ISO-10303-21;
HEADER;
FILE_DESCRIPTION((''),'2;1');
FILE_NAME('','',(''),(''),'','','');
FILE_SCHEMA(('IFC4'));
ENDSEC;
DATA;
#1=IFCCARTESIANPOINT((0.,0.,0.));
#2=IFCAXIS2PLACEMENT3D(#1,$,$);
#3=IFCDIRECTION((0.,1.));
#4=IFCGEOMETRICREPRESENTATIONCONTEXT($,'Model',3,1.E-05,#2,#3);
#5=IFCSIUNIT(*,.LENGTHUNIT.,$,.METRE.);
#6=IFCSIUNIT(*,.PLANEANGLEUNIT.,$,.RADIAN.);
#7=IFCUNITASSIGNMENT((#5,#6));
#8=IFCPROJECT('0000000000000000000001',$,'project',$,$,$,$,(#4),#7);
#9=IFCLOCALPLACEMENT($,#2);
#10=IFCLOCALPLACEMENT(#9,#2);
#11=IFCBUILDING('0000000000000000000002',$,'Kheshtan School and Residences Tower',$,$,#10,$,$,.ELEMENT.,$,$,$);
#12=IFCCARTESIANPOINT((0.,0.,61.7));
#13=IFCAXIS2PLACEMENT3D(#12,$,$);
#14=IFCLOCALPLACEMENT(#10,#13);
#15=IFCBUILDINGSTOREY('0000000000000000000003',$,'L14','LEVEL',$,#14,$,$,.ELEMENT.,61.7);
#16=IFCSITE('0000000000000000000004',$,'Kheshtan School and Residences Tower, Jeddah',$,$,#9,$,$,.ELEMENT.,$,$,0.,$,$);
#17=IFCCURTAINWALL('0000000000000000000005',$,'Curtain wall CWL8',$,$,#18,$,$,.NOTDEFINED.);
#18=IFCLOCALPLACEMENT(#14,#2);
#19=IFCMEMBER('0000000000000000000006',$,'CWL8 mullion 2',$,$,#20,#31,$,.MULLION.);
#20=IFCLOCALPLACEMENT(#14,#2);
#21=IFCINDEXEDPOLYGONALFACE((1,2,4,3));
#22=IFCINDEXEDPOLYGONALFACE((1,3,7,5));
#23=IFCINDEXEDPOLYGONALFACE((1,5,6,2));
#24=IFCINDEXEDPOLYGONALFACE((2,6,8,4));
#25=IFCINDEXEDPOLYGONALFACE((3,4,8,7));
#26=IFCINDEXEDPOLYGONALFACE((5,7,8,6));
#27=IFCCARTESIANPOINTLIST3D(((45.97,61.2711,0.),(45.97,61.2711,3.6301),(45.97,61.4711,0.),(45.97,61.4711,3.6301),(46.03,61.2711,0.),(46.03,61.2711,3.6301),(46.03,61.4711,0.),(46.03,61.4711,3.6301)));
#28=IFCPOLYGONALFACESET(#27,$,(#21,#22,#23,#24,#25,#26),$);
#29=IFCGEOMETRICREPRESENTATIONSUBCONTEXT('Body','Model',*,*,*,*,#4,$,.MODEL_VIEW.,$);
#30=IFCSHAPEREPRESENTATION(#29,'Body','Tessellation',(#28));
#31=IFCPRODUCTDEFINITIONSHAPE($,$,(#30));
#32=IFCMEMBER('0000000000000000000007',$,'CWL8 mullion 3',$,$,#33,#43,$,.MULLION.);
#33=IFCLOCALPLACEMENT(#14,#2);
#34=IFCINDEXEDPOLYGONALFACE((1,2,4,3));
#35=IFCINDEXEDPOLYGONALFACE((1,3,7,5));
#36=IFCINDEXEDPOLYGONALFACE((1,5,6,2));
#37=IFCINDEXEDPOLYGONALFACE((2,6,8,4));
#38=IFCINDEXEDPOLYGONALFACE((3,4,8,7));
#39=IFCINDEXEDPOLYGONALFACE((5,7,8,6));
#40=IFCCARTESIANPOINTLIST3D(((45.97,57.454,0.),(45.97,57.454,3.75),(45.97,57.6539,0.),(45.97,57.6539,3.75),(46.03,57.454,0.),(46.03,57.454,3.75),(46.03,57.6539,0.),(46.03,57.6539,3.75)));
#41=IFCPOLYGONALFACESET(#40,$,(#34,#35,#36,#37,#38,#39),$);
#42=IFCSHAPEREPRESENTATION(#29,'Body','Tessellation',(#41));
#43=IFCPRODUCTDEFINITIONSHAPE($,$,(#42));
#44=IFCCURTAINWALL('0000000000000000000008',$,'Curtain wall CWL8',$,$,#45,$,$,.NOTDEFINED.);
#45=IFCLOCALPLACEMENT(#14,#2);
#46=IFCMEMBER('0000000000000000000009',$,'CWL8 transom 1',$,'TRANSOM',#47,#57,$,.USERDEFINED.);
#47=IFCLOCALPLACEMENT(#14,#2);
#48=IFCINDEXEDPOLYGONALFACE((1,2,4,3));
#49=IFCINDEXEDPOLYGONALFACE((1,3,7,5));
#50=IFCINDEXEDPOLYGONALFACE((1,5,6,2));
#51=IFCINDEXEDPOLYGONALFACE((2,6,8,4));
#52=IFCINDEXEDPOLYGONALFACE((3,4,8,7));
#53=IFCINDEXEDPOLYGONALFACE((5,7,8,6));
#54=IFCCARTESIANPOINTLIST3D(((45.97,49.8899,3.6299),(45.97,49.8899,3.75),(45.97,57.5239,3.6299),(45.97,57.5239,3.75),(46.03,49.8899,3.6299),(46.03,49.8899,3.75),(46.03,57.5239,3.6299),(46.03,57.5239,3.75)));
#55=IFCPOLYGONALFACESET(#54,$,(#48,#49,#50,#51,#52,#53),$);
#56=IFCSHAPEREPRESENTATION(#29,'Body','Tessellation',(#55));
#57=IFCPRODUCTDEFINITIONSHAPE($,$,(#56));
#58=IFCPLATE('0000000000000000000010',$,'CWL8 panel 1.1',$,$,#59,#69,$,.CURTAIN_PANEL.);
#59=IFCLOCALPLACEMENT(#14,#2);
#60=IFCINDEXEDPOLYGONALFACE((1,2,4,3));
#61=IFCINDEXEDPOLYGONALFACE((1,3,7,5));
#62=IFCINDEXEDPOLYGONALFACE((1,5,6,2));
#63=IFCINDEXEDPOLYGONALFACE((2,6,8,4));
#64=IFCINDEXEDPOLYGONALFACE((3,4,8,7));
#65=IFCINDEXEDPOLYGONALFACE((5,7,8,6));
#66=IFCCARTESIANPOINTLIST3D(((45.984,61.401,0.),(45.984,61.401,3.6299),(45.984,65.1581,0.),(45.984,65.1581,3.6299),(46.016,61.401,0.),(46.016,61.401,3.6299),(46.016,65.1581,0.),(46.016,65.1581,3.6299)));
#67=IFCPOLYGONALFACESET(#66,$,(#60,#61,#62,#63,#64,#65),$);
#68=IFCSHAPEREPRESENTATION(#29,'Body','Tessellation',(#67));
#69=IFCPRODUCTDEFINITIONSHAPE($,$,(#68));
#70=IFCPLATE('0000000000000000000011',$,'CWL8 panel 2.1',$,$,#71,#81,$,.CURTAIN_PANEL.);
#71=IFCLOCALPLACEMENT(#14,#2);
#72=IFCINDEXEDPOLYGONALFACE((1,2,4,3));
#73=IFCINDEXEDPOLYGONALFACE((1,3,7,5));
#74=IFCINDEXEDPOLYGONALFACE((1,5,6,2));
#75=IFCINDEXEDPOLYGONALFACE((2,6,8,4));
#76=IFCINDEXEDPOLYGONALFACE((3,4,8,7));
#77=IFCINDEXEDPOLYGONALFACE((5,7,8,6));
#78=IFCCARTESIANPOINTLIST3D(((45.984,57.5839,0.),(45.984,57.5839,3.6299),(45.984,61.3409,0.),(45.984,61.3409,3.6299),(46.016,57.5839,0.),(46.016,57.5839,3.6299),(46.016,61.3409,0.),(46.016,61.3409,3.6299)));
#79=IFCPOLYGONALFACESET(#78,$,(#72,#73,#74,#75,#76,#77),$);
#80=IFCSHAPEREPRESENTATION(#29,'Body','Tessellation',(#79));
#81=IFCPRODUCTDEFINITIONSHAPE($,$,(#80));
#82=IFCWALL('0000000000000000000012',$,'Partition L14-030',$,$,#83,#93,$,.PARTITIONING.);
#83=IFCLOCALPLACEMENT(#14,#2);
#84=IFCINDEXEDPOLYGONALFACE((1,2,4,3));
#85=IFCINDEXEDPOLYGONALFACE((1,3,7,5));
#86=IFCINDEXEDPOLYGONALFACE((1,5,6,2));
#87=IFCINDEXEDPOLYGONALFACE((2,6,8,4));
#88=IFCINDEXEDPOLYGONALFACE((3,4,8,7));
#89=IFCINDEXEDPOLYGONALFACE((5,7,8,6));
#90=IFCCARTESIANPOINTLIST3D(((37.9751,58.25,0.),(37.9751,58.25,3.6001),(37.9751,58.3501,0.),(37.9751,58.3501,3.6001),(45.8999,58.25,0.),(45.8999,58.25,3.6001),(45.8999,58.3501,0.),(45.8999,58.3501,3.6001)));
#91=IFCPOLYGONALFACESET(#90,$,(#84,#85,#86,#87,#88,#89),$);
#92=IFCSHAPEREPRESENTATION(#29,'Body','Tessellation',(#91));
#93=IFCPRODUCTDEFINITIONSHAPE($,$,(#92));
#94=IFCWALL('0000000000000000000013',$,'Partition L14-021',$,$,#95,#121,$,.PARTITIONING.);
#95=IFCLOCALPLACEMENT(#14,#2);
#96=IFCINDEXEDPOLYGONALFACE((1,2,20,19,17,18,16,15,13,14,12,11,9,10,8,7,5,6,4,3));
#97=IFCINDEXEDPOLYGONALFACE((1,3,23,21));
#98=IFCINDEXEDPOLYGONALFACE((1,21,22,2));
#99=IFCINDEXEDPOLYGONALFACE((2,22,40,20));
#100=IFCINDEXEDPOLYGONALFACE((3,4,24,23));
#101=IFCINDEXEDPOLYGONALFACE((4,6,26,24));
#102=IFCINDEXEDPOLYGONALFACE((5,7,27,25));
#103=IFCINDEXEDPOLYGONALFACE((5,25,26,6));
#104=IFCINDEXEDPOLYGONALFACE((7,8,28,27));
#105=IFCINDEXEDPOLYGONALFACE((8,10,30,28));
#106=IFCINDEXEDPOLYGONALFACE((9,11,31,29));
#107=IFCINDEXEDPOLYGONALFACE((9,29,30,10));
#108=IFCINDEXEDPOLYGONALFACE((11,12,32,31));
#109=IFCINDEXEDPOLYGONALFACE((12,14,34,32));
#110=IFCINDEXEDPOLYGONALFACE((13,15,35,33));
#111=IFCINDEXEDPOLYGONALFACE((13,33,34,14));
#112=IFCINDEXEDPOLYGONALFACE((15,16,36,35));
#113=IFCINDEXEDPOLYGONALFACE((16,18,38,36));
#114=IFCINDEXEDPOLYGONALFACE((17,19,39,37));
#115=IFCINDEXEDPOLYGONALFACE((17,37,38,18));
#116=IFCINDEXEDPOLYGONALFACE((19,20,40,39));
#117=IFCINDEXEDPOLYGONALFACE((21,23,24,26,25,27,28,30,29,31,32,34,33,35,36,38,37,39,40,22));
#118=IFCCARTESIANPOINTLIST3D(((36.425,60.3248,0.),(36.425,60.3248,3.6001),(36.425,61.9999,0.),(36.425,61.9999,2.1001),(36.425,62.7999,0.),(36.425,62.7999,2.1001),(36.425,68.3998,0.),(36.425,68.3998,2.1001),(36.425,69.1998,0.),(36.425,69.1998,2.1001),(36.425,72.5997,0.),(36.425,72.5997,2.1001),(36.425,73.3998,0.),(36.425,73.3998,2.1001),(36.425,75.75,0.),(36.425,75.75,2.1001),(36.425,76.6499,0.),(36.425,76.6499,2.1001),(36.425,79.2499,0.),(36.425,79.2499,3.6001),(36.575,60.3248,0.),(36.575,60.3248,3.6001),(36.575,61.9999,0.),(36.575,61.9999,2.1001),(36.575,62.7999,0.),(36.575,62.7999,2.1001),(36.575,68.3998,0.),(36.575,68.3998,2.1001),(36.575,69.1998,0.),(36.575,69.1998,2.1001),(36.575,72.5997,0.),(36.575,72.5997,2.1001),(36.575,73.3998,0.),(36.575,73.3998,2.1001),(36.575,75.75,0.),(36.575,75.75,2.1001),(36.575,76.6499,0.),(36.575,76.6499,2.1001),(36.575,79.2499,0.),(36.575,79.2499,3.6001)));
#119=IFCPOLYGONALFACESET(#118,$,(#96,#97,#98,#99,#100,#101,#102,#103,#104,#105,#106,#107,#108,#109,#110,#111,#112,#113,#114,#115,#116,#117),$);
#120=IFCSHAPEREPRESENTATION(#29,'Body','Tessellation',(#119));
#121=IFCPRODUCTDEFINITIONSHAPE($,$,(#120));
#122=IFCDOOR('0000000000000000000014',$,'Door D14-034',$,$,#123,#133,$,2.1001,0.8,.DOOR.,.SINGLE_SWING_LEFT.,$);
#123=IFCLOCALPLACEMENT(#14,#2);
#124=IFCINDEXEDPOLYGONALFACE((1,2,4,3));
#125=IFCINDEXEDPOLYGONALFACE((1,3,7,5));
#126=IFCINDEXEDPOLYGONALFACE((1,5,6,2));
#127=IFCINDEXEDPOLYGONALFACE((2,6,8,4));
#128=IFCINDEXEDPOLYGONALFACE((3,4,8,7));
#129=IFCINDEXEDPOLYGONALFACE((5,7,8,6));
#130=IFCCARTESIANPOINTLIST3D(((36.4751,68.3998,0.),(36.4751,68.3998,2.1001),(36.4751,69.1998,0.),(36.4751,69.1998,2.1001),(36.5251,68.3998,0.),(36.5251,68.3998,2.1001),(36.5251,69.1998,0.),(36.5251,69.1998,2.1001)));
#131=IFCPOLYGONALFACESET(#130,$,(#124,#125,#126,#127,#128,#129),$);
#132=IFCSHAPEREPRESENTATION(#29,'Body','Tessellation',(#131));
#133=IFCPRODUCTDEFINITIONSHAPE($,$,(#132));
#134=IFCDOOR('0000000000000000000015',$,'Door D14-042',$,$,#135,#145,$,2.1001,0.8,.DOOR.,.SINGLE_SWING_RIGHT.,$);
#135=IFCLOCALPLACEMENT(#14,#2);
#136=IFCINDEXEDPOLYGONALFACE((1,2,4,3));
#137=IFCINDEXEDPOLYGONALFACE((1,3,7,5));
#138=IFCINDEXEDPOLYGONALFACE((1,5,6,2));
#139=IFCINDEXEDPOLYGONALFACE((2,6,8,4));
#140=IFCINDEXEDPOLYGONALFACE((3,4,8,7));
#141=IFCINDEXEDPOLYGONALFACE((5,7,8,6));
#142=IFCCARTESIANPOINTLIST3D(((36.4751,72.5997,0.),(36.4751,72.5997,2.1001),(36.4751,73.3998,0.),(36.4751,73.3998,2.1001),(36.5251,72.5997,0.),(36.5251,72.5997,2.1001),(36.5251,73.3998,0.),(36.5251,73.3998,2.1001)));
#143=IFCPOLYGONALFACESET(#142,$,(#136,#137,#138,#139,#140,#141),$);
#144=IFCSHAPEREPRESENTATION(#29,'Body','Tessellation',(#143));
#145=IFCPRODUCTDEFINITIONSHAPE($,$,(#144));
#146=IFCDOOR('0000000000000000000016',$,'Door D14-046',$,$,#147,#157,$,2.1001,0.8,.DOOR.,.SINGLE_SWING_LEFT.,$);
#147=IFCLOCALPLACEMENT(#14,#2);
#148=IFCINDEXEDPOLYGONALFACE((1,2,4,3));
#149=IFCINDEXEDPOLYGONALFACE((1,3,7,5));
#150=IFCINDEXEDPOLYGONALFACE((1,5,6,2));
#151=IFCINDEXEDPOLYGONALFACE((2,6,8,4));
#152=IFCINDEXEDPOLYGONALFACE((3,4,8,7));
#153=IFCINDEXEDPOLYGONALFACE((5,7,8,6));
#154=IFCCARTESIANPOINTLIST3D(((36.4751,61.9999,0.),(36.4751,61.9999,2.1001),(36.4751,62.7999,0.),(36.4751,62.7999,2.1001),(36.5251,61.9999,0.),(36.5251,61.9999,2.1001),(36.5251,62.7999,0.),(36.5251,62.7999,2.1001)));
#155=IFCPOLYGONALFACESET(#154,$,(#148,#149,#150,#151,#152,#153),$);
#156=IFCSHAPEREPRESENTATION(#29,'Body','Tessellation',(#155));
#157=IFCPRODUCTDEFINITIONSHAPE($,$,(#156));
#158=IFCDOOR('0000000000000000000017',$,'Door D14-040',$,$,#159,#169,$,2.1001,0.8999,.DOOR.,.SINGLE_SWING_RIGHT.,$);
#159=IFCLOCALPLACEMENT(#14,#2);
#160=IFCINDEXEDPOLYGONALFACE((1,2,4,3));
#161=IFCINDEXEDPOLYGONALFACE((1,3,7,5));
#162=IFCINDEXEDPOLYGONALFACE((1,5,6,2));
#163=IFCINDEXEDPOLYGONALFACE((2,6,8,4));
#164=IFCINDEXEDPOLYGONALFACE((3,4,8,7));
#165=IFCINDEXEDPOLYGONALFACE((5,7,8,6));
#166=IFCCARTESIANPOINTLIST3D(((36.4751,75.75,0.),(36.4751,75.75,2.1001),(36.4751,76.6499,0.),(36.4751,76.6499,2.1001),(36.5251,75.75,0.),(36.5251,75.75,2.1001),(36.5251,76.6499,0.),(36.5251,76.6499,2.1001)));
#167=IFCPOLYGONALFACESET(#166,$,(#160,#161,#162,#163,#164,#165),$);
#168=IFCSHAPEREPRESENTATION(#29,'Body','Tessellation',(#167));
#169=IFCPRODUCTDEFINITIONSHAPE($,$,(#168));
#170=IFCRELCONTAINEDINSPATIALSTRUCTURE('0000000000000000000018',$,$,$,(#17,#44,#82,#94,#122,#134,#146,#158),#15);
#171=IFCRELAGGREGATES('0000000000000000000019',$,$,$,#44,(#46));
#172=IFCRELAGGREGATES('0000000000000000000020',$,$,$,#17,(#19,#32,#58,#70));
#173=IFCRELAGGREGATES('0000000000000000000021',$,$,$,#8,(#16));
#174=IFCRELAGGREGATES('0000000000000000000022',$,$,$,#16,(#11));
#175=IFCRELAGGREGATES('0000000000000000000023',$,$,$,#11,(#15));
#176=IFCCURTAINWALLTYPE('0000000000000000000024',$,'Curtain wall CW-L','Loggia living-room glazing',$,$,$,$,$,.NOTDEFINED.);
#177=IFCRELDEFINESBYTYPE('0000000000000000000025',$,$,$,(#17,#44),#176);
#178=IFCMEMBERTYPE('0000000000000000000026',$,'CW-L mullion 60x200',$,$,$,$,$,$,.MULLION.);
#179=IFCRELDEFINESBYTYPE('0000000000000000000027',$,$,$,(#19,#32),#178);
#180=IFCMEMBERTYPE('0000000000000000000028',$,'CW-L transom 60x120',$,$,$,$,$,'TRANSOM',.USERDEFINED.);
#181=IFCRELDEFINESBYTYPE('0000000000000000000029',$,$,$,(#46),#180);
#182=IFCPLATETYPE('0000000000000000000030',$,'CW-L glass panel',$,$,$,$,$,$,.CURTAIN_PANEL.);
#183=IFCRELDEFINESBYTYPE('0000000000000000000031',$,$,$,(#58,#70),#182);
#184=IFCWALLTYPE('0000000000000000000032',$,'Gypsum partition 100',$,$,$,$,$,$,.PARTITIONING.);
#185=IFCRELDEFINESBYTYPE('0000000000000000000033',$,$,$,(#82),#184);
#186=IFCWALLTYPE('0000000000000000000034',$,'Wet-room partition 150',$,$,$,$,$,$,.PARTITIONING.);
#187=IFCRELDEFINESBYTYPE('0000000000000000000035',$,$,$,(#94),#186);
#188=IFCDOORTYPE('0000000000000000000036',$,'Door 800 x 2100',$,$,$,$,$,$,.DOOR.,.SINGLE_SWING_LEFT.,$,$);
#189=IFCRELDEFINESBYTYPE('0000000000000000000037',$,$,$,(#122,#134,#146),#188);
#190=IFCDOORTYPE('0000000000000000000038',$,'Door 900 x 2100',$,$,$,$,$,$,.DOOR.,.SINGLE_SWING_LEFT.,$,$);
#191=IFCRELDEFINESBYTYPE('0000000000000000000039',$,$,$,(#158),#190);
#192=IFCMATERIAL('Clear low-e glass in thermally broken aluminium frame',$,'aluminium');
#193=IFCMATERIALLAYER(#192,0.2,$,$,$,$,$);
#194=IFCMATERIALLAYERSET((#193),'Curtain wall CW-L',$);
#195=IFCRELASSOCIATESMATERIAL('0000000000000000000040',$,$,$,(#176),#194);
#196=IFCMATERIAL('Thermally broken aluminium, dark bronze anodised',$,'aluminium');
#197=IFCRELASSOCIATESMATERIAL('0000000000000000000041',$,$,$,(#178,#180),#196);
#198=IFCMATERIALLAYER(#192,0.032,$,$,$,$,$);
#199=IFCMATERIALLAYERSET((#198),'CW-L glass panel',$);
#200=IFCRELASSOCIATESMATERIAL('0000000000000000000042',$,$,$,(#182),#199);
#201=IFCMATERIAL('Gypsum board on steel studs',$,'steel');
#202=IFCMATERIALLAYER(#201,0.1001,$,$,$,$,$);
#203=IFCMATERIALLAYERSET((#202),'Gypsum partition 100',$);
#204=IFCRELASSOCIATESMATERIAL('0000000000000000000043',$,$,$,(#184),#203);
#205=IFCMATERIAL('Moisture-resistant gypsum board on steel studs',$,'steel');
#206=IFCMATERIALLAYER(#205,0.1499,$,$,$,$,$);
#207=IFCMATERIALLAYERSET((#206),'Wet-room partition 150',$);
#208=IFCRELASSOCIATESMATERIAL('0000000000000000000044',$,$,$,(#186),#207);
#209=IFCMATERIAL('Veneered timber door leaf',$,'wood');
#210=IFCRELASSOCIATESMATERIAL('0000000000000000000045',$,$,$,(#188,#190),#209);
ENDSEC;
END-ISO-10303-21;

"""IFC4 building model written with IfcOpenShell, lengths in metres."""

from ifc_helpers import new_model, si_unit, direction, frame, frame_2d, origin, origin_2d, place, context, subcontext, project, spatial, rectangle, extrude, source, transform, mapped, material, layer, layer_set, material_profile, profile_set, type_object, element, fill, aggregate, save


model = new_model("IFC4")

# Units and contexts
model_context = context("Model", 3, precision=1e-05, world=origin(), true_north=direction((0.0, 1.0)))
body_context = subcontext(model_context, "Body", "Model", "MODEL_VIEW")
ifc_project = project(units=[si_unit("LENGTHUNIT", "METRE"), si_unit("PLANEANGLEUNIT", "RADIAN")], contexts=[model_context])

# Site, building, storey
site_placement = place(None, origin())
site = spatial("IfcSite", under=ifc_project, at=site_placement, Name="Kheshtan School and Residences Tower, Jeddah", CompositionType="ELEMENT", RefElevation=0.0)
building_placement = place(site_placement, origin())
building = spatial("IfcBuilding", under=site, at=building_placement, Name="Kheshtan School and Residences Tower", CompositionType="ELEMENT")
storey_placement = place(building_placement, frame((0.0, 0.0, 61.7)))
storey = spatial("IfcBuildingStorey", under=building, at=storey_placement, Name="L14", Description="LEVEL", CompositionType="ELEMENT", Elevation=61.7)

# Curtain wall, members
ifc_material_1 = material(Name="Clear low-e glass in thermally broken aluminium frame", Category="aluminium")
ifc_layer_1 = layer(ifc_material_1, 0.2)
ifc_layer_set_1 = layer_set([ifc_layer_1], Name="Curtain wall CW-L")
curtain_wall_type = type_object("IfcCurtainWallType", Name="Curtain wall CW-L", Description="Loggia living-room glazing", PredefinedType="NOTDEFINED", material=ifc_layer_set_1)
curtain_wall_1_placement = place(storey_placement, origin())
curtain_wall_1 = element("IfcCurtainWall", 1, at=curtain_wall_1_placement, inside=storey, type_object=curtain_wall_type, Name="Curtain wall CWL8", PredefinedType="NOTDEFINED")
ifc_material_2 = material(Name="Thermally broken aluminium, dark bronze anodised", Category="aluminium")
ifc_material_profile_1 = material_profile(ifc_material_2, rectangle(XDim=0.0601, YDim=0.2, at=origin_2d()), Name="CW-L mullion 60x200")
ifc_profile_set_1 = profile_set([ifc_material_profile_1], Name="Thermally broken aluminium, dark bronze anodised")
member_type_1 = type_object("IfcMemberType", Name="CW-L mullion 60x200", PredefinedType="MULLION", material=ifc_profile_set_1)
member_1_placement = place(storey_placement, frame((46.0, 61.3711, 0.0), z_axis=(0.0, 0.0, 1.0), x_axis=(1.0, 0.0, 0.0)))
member_1 = element("IfcMember", 2, at=member_1_placement, type_object=member_type_1, Name="CWL8 mullion 2", PredefinedType="MULLION", context=body_context, shape_type="SweptSolid", body=[
    extrude(rectangle(XDim=0.0601, YDim=0.2, at=origin_2d()), origin(), (0.0, 0.0, 1.0), 3.6301),
])
member_2_placement = place(storey_placement, frame((46.0, 57.554, 0.0), z_axis=(0.0, 0.0, 1.0), x_axis=(1.0, 0.0, 0.0)))
member_2 = element("IfcMember", 3, at=member_2_placement, type_object=member_type_1, Name="CWL8 mullion 3", PredefinedType="MULLION", context=body_context, shape_type="SweptSolid", body=[
    extrude(rectangle(XDim=0.0601, YDim=0.2, at=origin_2d()), origin(), (0.0, 0.0, 1.0), 3.75),
])

# Curtain wall, member
curtain_wall_2_placement = place(storey_placement, origin())
curtain_wall_2 = element("IfcCurtainWall", 4, at=curtain_wall_2_placement, inside=storey, type_object=curtain_wall_type, Name="Curtain wall CWL8", PredefinedType="NOTDEFINED")
ifc_material_profile_2 = material_profile(ifc_material_2, rectangle(XDim=0.0601, YDim=0.1201, at=origin_2d()), Name="CW-L transom 60x120")
ifc_profile_set_2 = profile_set([ifc_material_profile_2], Name="Thermally broken aluminium, dark bronze anodised")
member_type_2 = type_object("IfcMemberType", Name="CW-L transom 60x120", ElementType="TRANSOM", PredefinedType="USERDEFINED", material=ifc_profile_set_2)
member_3_placement = place(storey_placement, frame((46.0, 57.5239, 3.6899), z_axis=(0.0, -1.0, 0.0), x_axis=(1.0, 0.0, 0.0)))
member_3 = element("IfcMember", 5, at=member_3_placement, type_object=member_type_2, Name="CWL8 transom 1", ObjectType="TRANSOM", PredefinedType="USERDEFINED", context=body_context, shape_type="SweptSolid", body=[
    extrude(rectangle(XDim=0.0601, YDim=0.1201, at=origin_2d()), origin(), (0.0, 0.0, 1.0), 7.634),
])
aggregate(curtain_wall_2, [member_3])

# Plates
ifc_layer_2 = layer(ifc_material_1, 0.032)
ifc_layer_set_2 = layer_set([ifc_layer_2], Name="CW-L glass panel")
plate_type = type_object("IfcPlateType", Name="CW-L glass panel", PredefinedType="CURTAIN_PANEL", material=ifc_layer_set_2)
plate_1_placement = place(storey_placement, frame((46.0, 63.2795, 0.0), z_axis=(0.0, 0.0, 1.0), x_axis=(0.0, -1.0, 0.0)))
plate_1 = element("IfcPlate", 6, at=plate_1_placement, type_object=plate_type, Name="CWL8 panel 1.1", PredefinedType="CURTAIN_PANEL", context=body_context, shape_type="SweptSolid", body=[
    extrude(rectangle(XDim=3.7571, YDim=0.032, at=origin_2d()), origin(), (0.0, 0.0, 1.0), 3.6299),
])
plate_2_placement = place(storey_placement, frame((46.0, 59.4624, 0.0), z_axis=(0.0, 0.0, 1.0), x_axis=(0.0, -1.0, 0.0)))
plate_2 = element("IfcPlate", 7, at=plate_2_placement, type_object=plate_type, Name="CWL8 panel 2.1", PredefinedType="CURTAIN_PANEL", context=body_context, shape_type="SweptSolid", body=[
    extrude(rectangle(XDim=3.7571, YDim=0.032, at=origin_2d()), origin(), (0.0, 0.0, 1.0), 3.6299),
])
aggregate(curtain_wall_1, [member_1, member_2, plate_1, plate_2])

# Wall
ifc_material_3 = material(Name="Gypsum board on steel studs", Category="steel")
ifc_layer_3 = layer(ifc_material_3, 0.1001)
ifc_layer_set_3 = layer_set([ifc_layer_3], Name="Gypsum partition 100")
wall_type_1 = type_object("IfcWallType", Name="Gypsum partition 100", PredefinedType="PARTITIONING", material=ifc_layer_set_3)
wall_1_placement = place(storey_placement, frame((37.9751, 58.3, 0.0), z_axis=(0.0, 0.0, 1.0), x_axis=(1.0, 0.0, 0.0)))
element("IfcWall", 8, at=wall_1_placement, inside=storey, type_object=wall_type_1, Name="Partition L14-030", PredefinedType="PARTITIONING", context=body_context, shape_type="SweptSolid", body=[
    extrude(rectangle(XDim=7.9248, YDim=0.1001, at=frame_2d((3.9624, 0.0))), origin(), (0.0, 0.0, 1.0), 3.6001),
])

# Wall, openings, doors
ifc_material_4 = material(Name="Moisture-resistant gypsum board on steel studs", Category="steel")
ifc_layer_4 = layer(ifc_material_4, 0.1499)
ifc_layer_set_4 = layer_set([ifc_layer_4], Name="Wet-room partition 150")
wall_type_2 = type_object("IfcWallType", Name="Wet-room partition 150", PredefinedType="PARTITIONING", material=ifc_layer_set_4)
wall_2_placement = place(storey_placement, frame((36.5, 60.325, 0.0), z_axis=(0.0, 0.0, 1.0), x_axis=(0.0, 1.0, 0.0)))
wall_2 = element("IfcWall", 9, at=wall_2_placement, inside=storey, type_object=wall_type_2, Name="Partition L14-021", PredefinedType="PARTITIONING", context=body_context, shape_type="SweptSolid", body=[
    extrude(rectangle(XDim=18.925, YDim=0.1499, at=frame_2d((9.4624, 0.0))), origin(), (0.0, 0.0, 1.0), 3.6001),
])
opening_1_placement = place(wall_2_placement, frame((8.075, 0.0, 0.0)))
opening_1 = element("IfcOpeningElement", 10, at=opening_1_placement, cuts=wall_2, PredefinedType="OPENING", context=body_context, shape_type="SweptSolid", body=[
    extrude(rectangle(XDim=0.8, YDim=2.1001, at=frame_2d((0.3999, 1.05))), frame((0.0, 0.085, 0.0), z_axis=(0.0, -1.0, 0.0), x_axis=(1.0, 0.0, 0.0)), (0.0, 0.0, 1.0), 0.1699),
])
opening_2_placement = place(wall_2_placement, frame((15.425, 0.0, 0.0)))
opening_2 = element("IfcOpeningElement", 11, at=opening_2_placement, cuts=wall_2, PredefinedType="OPENING", context=body_context, shape_type="SweptSolid", body=[
    extrude(rectangle(XDim=0.8999, YDim=2.1001, at=frame_2d((0.45, 1.05))), frame((0.0, 0.085, 0.0), z_axis=(0.0, -1.0, 0.0), x_axis=(1.0, 0.0, 0.0)), (0.0, 0.0, 1.0), 0.1699),
])
opening_3_placement = place(wall_2_placement, frame((12.2749, 0.0, 0.0)))
opening_3 = element("IfcOpeningElement", 12, at=opening_3_placement, cuts=wall_2, PredefinedType="OPENING", context=body_context, shape_type="SweptSolid", body=[
    extrude(rectangle(XDim=0.8, YDim=2.1001, at=frame_2d((0.3999, 1.05))), frame((0.0, 0.085, 0.0), z_axis=(0.0, -1.0, 0.0), x_axis=(1.0, 0.0, 0.0)), (0.0, 0.0, 1.0), 0.1699),
])
opening_4_placement = place(wall_2_placement, frame((1.675, 0.0, 0.0)))
opening_4 = element("IfcOpeningElement", 13, at=opening_4_placement, cuts=wall_2, PredefinedType="OPENING", context=body_context, shape_type="SweptSolid", body=[
    extrude(rectangle(XDim=0.8, YDim=2.1001, at=frame_2d((0.3999, 1.05))), frame((0.0, 0.085, 0.0), z_axis=(0.0, -1.0, 0.0), x_axis=(1.0, 0.0, 0.0)), (0.0, 0.0, 1.0), 0.1699),
])
ifc_material_5 = material(Name="Veneered timber door leaf", Category="wood")
door_type_1 = type_object("IfcDoorType", Name="Door 800 x 2100", OperationType="SINGLE_SWING_LEFT", PredefinedType="DOOR", material=ifc_material_5)
shared_shape_1 = source(origin(), body_context, "Body", "SweptSolid", [
    extrude(rectangle(XDim=0.8, YDim=2.1001, at=frame_2d((0.3999, 1.05))), frame((0.0, 0.0249, 0.0), z_axis=(0.0, -1.0, 0.0), x_axis=(1.0, 0.0, 0.0)), (0.0, 0.0, 1.0), 0.05),
])
door_1_placement = place(opening_1_placement, origin())
door_1 = element("IfcDoor", 14, at=door_1_placement, inside=storey, type_object=door_type_1, Name="Door D14-034", OperationType="SINGLE_SWING_LEFT", OverallHeight=2.1001, OverallWidth=0.8, PredefinedType="DOOR", context=body_context, shape_type="MappedRepresentation", body=[
    mapped(shared_shape_1, transform((0.0, 0.0, 0.0), x_axis=(1.0, 0.0, 0.0), y_axis=(0.0, 1.0, 0.0), z_axis=(0.0, 0.0, 1.0), scale=1.0)),
])
fill(opening_1, door_1)
door_2_placement = place(opening_3_placement, origin())
door_2 = element("IfcDoor", 15, at=door_2_placement, inside=storey, type_object=door_type_1, Name="Door D14-042", OperationType="SINGLE_SWING_RIGHT", OverallHeight=2.1001, OverallWidth=0.8, PredefinedType="DOOR", context=body_context, shape_type="MappedRepresentation", body=[
    mapped(shared_shape_1, transform((0.0, 0.0, 0.0), x_axis=(1.0, 0.0, 0.0), y_axis=(0.0, 1.0, 0.0), z_axis=(0.0, 0.0, 1.0), scale=1.0)),
])
fill(opening_3, door_2)
door_3_placement = place(opening_4_placement, origin())
door_3 = element("IfcDoor", 16, at=door_3_placement, inside=storey, type_object=door_type_1, Name="Door D14-046", OperationType="SINGLE_SWING_LEFT", OverallHeight=2.1001, OverallWidth=0.8, PredefinedType="DOOR", context=body_context, shape_type="MappedRepresentation", body=[
    mapped(shared_shape_1, transform((0.0, 0.0, 0.0), x_axis=(1.0, 0.0, 0.0), y_axis=(0.0, 1.0, 0.0), z_axis=(0.0, 0.0, 1.0), scale=1.0)),
])
fill(opening_4, door_3)
door_type_2 = type_object("IfcDoorType", Name="Door 900 x 2100", OperationType="SINGLE_SWING_LEFT", PredefinedType="DOOR", material=ifc_material_5)
shared_shape_2 = source(origin(), body_context, "Body", "SweptSolid", [
    extrude(rectangle(XDim=0.8999, YDim=2.1001, at=frame_2d((0.45, 1.05))), frame((0.0, 0.0249, 0.0), z_axis=(0.0, -1.0, 0.0), x_axis=(1.0, 0.0, 0.0)), (0.0, 0.0, 1.0), 0.05),
])
door_4_placement = place(opening_2_placement, origin())
door_4 = element("IfcDoor", 17, at=door_4_placement, inside=storey, type_object=door_type_2, Name="Door D14-040", OperationType="SINGLE_SWING_RIGHT", OverallHeight=2.1001, OverallWidth=0.8999, PredefinedType="DOOR", context=body_context, shape_type="MappedRepresentation", body=[
    mapped(shared_shape_2, transform((0.0, 0.0, 0.0), x_axis=(1.0, 0.0, 0.0), y_axis=(0.0, 1.0, 0.0), z_axis=(0.0, 0.0, 1.0), scale=1.0)),
])
fill(opening_2, door_4)

save(model, "model.ifc")
